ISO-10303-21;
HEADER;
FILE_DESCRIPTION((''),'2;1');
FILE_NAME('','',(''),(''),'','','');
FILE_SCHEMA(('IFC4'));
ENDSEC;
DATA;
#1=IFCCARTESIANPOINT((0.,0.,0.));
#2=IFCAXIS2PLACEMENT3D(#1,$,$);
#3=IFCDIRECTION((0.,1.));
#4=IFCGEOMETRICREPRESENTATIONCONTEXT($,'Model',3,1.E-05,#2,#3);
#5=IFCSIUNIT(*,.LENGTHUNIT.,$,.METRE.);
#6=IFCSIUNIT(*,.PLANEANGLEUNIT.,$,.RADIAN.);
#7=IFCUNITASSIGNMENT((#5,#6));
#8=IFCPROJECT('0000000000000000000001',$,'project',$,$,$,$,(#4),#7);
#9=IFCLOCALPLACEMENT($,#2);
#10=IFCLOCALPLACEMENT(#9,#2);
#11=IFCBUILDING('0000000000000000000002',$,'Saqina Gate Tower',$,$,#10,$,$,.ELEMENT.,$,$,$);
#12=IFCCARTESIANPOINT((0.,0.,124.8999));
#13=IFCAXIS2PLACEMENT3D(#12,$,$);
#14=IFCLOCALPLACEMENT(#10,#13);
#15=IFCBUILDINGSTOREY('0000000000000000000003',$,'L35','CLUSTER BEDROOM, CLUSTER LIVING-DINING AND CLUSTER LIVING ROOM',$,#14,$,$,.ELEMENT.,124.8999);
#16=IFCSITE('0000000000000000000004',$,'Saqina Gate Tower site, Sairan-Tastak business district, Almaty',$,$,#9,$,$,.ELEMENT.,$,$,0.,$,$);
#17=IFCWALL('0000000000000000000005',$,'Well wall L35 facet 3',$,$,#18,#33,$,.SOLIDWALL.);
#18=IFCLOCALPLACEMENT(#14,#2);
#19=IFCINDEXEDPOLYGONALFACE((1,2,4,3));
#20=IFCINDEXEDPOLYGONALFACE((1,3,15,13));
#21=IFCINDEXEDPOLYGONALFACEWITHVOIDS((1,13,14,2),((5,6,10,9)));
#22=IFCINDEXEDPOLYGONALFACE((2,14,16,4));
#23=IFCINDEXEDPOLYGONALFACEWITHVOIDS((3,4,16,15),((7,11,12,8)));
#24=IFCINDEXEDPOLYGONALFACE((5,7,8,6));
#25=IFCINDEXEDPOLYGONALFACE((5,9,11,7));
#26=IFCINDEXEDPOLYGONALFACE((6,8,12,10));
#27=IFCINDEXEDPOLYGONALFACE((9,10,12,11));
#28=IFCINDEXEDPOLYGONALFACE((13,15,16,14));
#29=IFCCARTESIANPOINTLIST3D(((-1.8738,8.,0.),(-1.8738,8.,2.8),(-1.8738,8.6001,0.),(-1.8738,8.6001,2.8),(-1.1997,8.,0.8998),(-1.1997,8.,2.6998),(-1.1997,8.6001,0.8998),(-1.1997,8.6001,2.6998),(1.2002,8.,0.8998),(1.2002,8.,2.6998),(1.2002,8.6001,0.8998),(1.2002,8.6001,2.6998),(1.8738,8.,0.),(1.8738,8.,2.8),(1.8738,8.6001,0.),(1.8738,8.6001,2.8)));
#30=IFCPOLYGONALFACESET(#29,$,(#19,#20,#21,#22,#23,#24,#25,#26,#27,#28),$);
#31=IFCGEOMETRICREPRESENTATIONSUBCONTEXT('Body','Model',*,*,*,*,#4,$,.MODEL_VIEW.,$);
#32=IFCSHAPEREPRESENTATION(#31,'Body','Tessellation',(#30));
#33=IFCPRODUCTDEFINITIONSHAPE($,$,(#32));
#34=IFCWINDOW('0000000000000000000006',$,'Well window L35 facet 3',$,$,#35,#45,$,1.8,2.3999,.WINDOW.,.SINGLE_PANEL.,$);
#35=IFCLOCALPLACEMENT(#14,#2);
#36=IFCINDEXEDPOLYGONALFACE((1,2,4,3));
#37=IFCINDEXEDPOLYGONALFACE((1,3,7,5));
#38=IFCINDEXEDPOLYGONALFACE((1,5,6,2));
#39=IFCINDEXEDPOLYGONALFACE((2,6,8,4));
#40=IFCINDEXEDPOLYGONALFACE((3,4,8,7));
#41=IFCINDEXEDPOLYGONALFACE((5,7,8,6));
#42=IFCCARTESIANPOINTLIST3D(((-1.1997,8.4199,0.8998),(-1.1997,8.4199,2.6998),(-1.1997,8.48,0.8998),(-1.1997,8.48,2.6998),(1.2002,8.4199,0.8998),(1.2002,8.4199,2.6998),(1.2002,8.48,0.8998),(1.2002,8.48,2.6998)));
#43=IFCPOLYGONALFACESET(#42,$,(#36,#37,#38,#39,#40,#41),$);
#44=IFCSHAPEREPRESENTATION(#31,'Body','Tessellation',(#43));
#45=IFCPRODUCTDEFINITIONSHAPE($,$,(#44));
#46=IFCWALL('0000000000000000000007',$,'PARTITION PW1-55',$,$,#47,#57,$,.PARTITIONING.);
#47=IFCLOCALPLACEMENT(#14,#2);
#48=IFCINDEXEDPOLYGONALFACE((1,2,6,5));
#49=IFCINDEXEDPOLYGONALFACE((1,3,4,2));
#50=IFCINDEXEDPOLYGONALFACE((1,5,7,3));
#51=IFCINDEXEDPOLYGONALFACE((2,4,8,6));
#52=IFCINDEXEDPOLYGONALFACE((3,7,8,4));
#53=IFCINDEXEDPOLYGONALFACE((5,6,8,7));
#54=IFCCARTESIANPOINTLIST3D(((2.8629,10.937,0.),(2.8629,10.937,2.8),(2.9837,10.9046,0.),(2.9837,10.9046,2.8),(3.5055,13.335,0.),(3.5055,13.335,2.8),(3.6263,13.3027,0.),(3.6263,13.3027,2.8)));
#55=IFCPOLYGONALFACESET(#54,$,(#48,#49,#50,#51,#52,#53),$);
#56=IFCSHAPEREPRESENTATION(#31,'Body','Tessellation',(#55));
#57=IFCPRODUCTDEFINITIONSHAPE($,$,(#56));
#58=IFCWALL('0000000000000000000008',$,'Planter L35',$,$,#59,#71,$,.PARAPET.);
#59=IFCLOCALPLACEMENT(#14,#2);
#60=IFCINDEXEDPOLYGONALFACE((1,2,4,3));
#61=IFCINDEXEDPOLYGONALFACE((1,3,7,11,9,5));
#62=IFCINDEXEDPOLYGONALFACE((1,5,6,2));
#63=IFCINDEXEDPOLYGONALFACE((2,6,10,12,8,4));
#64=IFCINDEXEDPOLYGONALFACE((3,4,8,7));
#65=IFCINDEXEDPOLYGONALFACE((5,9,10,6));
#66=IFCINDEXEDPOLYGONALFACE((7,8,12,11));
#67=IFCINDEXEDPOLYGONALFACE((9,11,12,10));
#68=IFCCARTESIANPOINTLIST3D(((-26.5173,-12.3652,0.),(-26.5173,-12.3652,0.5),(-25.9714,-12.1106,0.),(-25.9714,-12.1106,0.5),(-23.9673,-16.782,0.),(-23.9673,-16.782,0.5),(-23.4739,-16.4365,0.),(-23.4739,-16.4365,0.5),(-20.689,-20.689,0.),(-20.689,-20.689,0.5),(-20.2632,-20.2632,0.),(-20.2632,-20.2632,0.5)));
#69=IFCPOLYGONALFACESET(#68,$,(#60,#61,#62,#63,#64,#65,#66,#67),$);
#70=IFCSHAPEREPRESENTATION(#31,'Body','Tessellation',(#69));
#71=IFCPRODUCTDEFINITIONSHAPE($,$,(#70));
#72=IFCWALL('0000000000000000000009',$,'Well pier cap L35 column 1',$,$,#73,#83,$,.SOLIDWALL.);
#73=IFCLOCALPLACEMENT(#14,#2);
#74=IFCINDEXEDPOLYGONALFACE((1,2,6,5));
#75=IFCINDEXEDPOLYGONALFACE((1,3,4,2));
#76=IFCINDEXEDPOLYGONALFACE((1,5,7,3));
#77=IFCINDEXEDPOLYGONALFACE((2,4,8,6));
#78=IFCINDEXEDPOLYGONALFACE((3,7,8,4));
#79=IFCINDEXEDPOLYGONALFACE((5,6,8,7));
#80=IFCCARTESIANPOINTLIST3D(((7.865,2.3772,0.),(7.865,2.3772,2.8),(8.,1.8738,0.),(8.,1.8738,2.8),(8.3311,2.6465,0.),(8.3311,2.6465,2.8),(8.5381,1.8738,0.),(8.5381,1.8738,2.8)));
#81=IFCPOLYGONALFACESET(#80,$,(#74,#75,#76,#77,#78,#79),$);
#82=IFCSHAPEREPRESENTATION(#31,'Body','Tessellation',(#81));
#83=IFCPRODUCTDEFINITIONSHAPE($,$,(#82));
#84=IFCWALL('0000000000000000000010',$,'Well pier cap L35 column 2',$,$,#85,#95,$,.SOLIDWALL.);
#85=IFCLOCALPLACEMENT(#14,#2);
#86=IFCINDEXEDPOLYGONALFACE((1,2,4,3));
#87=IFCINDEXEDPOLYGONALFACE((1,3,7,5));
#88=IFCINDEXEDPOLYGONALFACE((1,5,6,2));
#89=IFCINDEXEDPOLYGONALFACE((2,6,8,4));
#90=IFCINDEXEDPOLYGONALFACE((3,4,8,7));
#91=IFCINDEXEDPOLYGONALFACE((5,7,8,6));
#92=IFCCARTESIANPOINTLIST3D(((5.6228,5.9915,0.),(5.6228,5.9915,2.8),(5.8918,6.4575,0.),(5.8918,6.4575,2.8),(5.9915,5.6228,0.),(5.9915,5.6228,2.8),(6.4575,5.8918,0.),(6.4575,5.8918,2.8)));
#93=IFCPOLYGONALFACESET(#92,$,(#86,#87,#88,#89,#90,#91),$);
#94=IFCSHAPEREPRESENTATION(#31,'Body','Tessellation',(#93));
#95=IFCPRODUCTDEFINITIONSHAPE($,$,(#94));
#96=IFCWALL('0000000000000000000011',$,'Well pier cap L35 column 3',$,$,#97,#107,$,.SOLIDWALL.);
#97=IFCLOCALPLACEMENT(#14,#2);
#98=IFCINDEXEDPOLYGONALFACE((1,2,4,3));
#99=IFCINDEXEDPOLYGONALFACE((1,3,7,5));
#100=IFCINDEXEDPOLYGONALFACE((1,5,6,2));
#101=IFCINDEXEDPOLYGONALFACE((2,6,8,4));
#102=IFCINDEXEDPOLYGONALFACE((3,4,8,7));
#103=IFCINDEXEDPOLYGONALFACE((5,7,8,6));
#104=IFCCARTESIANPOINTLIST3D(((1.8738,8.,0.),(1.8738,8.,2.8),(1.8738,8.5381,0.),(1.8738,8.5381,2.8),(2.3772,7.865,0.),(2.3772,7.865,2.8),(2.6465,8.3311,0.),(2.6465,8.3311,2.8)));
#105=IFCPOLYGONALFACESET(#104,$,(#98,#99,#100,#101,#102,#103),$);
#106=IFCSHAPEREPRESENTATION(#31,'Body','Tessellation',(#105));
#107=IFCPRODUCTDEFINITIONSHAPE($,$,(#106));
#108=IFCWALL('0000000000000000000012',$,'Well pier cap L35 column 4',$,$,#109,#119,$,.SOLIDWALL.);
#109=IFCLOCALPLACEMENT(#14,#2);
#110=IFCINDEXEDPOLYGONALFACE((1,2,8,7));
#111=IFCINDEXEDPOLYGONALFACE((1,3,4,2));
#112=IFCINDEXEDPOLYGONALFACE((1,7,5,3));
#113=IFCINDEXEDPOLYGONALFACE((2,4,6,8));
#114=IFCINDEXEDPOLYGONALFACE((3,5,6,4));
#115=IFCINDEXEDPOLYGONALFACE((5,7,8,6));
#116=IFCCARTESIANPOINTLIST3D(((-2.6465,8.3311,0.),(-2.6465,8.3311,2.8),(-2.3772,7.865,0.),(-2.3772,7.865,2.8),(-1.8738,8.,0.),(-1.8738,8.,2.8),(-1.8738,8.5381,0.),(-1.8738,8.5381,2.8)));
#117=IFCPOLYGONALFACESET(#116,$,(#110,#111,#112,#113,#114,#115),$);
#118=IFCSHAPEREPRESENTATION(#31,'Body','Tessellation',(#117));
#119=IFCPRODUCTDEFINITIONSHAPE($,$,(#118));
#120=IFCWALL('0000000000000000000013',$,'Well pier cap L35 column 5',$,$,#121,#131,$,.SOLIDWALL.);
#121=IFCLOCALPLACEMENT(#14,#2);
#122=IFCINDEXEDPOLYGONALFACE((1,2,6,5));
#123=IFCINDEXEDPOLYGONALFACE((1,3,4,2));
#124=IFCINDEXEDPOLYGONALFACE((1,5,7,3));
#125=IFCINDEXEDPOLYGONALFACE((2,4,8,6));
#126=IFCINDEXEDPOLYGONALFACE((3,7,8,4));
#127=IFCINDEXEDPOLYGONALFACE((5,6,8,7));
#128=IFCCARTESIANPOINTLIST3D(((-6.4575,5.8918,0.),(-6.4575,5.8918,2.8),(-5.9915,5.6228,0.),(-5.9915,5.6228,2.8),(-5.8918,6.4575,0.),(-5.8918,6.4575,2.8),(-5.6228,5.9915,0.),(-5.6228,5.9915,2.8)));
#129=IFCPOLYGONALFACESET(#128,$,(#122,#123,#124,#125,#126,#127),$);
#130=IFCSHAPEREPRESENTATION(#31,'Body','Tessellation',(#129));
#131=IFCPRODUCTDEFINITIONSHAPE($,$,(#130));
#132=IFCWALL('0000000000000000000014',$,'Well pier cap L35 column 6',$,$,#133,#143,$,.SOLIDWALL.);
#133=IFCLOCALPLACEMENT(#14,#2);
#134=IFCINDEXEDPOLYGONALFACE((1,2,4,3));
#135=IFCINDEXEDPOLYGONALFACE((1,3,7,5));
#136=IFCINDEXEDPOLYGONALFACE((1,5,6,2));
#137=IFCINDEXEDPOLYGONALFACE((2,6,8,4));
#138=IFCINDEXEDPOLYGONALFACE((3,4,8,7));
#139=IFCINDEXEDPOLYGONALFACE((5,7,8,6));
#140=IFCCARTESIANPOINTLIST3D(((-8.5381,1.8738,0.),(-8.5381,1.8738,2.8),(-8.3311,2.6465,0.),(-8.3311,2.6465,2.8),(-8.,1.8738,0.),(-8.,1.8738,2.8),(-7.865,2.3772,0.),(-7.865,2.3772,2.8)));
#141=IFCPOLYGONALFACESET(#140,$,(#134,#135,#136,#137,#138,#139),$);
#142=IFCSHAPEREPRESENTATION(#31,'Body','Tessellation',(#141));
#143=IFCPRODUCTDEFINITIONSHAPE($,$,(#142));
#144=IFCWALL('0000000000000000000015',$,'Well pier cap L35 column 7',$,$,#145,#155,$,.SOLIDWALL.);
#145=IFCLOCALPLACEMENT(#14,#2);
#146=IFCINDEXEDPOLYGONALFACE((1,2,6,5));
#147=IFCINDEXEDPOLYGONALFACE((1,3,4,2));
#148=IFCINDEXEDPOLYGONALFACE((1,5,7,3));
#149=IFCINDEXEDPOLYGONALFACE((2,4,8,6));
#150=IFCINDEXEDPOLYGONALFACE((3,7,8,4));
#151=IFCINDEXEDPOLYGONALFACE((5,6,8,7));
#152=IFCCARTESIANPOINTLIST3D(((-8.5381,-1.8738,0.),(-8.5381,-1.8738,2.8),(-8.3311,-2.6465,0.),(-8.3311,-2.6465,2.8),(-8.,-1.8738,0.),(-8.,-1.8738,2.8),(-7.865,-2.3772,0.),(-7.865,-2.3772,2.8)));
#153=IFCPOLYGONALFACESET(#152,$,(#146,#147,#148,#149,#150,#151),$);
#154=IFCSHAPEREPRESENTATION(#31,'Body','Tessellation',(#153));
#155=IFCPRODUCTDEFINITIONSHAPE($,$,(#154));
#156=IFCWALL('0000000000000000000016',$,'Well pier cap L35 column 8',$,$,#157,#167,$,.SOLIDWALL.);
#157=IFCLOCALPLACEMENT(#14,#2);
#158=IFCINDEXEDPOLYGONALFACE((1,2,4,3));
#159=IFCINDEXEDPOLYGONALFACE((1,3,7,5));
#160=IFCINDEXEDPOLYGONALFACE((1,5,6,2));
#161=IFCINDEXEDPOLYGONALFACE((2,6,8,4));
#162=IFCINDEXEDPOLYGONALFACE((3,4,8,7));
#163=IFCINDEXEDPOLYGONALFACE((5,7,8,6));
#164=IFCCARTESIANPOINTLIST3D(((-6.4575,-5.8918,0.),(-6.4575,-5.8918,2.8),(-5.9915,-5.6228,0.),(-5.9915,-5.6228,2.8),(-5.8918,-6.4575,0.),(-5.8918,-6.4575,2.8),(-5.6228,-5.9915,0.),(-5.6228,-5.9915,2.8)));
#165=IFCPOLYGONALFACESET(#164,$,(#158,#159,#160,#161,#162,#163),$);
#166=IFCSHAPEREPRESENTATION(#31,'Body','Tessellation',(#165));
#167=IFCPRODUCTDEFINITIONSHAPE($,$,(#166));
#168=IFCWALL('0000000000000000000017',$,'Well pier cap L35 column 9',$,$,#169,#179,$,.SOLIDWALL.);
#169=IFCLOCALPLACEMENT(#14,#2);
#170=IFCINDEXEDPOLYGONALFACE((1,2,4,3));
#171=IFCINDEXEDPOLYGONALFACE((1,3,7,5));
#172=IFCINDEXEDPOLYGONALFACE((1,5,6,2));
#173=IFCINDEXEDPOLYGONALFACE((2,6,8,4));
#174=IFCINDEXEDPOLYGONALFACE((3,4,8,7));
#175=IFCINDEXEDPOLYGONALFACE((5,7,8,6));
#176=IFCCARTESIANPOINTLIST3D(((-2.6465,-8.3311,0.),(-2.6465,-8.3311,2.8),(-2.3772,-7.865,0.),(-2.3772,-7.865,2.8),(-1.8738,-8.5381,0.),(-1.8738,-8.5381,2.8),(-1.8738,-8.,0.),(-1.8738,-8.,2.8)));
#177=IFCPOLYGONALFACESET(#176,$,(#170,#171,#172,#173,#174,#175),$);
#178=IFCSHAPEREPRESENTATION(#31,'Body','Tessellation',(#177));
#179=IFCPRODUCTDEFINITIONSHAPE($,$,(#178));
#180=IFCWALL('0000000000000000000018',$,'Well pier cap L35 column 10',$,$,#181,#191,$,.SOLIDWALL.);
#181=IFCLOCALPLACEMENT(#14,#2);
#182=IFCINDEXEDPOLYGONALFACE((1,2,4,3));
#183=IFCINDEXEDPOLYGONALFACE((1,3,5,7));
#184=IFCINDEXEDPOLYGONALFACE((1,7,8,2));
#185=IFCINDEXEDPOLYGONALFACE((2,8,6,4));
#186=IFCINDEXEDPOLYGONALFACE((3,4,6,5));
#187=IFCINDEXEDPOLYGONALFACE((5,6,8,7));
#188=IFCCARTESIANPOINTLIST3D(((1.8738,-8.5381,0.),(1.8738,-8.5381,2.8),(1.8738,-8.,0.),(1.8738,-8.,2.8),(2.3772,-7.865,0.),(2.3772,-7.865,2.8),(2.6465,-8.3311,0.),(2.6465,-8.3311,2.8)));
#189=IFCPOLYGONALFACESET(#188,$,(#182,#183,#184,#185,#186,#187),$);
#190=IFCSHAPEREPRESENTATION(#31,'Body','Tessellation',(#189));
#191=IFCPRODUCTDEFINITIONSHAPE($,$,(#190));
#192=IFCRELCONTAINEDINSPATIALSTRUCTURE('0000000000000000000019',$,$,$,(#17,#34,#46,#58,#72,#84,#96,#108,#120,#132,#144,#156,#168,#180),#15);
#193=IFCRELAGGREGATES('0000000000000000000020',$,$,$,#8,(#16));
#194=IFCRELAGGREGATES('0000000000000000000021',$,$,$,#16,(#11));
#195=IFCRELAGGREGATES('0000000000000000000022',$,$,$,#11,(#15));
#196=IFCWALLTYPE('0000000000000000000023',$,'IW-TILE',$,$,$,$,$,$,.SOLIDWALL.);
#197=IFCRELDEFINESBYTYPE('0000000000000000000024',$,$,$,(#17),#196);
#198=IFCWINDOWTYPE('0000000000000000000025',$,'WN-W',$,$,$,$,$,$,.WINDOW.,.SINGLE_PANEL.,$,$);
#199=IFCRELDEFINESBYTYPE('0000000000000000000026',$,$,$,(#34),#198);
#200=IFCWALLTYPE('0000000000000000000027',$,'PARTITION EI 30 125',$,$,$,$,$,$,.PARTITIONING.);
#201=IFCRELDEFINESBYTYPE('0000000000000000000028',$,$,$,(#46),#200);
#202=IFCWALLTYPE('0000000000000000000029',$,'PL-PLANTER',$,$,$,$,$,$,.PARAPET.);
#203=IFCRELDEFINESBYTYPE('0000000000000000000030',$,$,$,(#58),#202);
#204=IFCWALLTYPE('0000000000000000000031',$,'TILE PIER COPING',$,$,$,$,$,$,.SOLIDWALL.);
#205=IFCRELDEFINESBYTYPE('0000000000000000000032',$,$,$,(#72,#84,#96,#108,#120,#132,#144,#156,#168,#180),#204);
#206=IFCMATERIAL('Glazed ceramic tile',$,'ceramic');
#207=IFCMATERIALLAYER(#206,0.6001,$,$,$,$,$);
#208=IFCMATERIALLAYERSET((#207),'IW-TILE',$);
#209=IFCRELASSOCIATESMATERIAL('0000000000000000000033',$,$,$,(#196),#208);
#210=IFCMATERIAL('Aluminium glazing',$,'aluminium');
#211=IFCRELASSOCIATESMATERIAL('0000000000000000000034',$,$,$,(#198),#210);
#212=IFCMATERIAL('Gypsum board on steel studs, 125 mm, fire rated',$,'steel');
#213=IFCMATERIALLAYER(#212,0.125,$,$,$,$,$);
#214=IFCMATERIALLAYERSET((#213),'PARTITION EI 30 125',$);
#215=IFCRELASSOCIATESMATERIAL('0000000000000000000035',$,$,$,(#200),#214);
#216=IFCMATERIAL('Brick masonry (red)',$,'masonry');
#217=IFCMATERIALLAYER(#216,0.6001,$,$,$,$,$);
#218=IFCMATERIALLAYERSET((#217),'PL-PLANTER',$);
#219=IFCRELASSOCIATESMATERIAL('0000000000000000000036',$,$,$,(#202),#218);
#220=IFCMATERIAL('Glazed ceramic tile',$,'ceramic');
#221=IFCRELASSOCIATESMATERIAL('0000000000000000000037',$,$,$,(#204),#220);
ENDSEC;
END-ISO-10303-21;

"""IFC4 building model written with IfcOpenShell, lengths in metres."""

from ifc_helpers import new_model, si_unit, direction, frame, frame_2d, origin, place, context, subcontext, project, spatial, polyline, rectangle, outline, extrude, material, layer, layer_set, type_object, element, fill, save


model = new_model("IFC4")

# Units and contexts
model_context = context("Model", 3, precision=1e-05, world=origin(), true_north=direction((0.0, 1.0)))
body_context = subcontext(model_context, "Body", "Model", "MODEL_VIEW")
ifc_project = project(units=[si_unit("LENGTHUNIT", "METRE"), si_unit("PLANEANGLEUNIT", "RADIAN")], contexts=[model_context])

# Site, building, storey
site_placement = place(None, origin())
site = spatial("IfcSite", under=ifc_project, at=site_placement, Name="Saqina Gate Tower site, Sairan-Tastak business district, Almaty", CompositionType="ELEMENT", RefElevation=0.0)
building_placement = place(site_placement, origin())
building = spatial("IfcBuilding", under=site, at=building_placement, Name="Saqina Gate Tower", CompositionType="ELEMENT")
storey_placement = place(building_placement, frame((0.0, 0.0, 124.8999)))
storey = spatial("IfcBuildingStorey", under=building, at=storey_placement, Name="L35", Description="CLUSTER BEDROOM, CLUSTER LIVING-DINING AND CLUSTER LIVING ROOM", CompositionType="ELEMENT", Elevation=124.8999)

# Wall, opening, window
ifc_material_1 = material(Name="Glazed ceramic tile", Category="ceramic")
ifc_layer_1 = layer(ifc_material_1, 0.6001)
ifc_layer_set_1 = layer_set([ifc_layer_1], Name="IW-TILE")
wall_type_1 = type_object("IfcWallType", Name="IW-TILE", PredefinedType="SOLIDWALL", material=ifc_layer_set_1)
ifc_material_2 = material(Name="Aluminium glazing", Category="aluminium")
window_type = type_object("IfcWindowType", Name="WN-W", PartitioningType="SINGLE_PANEL", PredefinedType="WINDOW", material=ifc_material_2)
wall_1_placement = place(storey_placement, frame((1.8738, 8.3, 0.0), z_axis=(0.0, 0.0, 1.0), x_axis=(-1.0, 0.0, 0.0)))
wall_1 = element("IfcWall", 1, at=wall_1_placement, inside=storey, type_object=wall_type_1, Name="Well wall L35 facet 3", PredefinedType="SOLIDWALL", context=body_context, shape_type="SweptSolid", body=[
    extrude(rectangle(XDim=3.7476, YDim=0.6001, at=frame_2d((1.8738, 0.0))), origin(), (0.0, 0.0, 1.0), 2.8),
])
opening_1_placement = place(wall_1_placement, frame((0.6736, 0.0, 0.8999)))
opening_1 = element("IfcOpeningElement", 2, at=opening_1_placement, cuts=wall_1, PredefinedType="OPENING", context=body_context, shape_type="SweptSolid", body=[
    extrude(rectangle(XDim=2.3999, YDim=1.8, at=frame_2d((1.2, 0.8999))), frame((0.0, 0.312, 0.0), z_axis=(0.0, -1.0, 0.0), x_axis=(1.0, 0.0, 0.0)), (0.0, 0.0, 1.0), 0.624),
])
window_1_placement = place(opening_1_placement, origin())
window_1 = element("IfcWindow", 3, at=window_1_placement, inside=storey, type_object=window_type, Name="Well window L35 facet 3", OverallHeight=1.8, OverallWidth=2.3999, PartitioningType="SINGLE_PANEL", PredefinedType="WINDOW", context=body_context, shape_type="SweptSolid", body=[
    extrude(rectangle(XDim=2.3999, YDim=1.8, at=frame_2d((1.2, 0.8999))), frame((0.0, -0.1199, 0.0), z_axis=(0.0, -1.0, 0.0), x_axis=(1.0, 0.0, 0.0)), (0.0, 0.0, 1.0), 0.0601),
])
fill(opening_1, window_1)

# Walls
ifc_material_3 = material(Name="Gypsum board on steel studs, 125 mm, fire rated", Category="steel")
ifc_layer_2 = layer(ifc_material_3, 0.125)
ifc_layer_set_2 = layer_set([ifc_layer_2], Name="PARTITION EI 30 125")
wall_type_2 = type_object("IfcWallType", Name="PARTITION EI 30 125", PredefinedType="PARTITIONING", material=ifc_layer_set_2)
wall_2_placement = place(storey_placement, frame((2.9233, 10.9209, 0.0), z_axis=(0.0, 0.0, 1.0), x_axis=(0.258838, 0.965921, 0.0)))
element("IfcWall", 4, at=wall_2_placement, inside=storey, type_object=wall_type_2, Name="PARTITION PW1-55", PredefinedType="PARTITIONING", context=body_context, shape_type="SweptSolid", body=[
    extrude(rectangle(XDim=2.4827, YDim=0.125, at=frame_2d((1.2412, 0.0))), origin(), (0.0, 0.0, 1.0), 2.8),
])
ifc_material_4 = material(Name="Brick masonry (red)", Category="masonry")
ifc_layer_3 = layer(ifc_material_4, 0.6001)
ifc_layer_set_3 = layer_set([ifc_layer_3], Name="PL-PLANTER")
wall_type_3 = type_object("IfcWallType", Name="PL-PLANTER", PredefinedType="PARAPET", material=ifc_layer_set_3)
wall_3_placement = place(storey_placement, origin())
element("IfcWall", 5, at=wall_3_placement, inside=storey, type_object=wall_type_3, Name="Planter L35", PredefinedType="PARAPET", context=body_context, shape_type="SweptSolid", body=[
    extrude(outline(polyline([(-26.5173, -12.3652), (-23.9673, -16.782), (-20.689, -20.689), (-20.2632, -20.2632), (-23.4739, -16.4365), (-25.9714, -12.1106), (-26.5173, -12.3652)])), origin(), (0.0, 0.0, 1.0), 0.5),
])
ifc_material_5 = material(Name="Glazed ceramic tile", Category="ceramic")
wall_type_4 = type_object("IfcWallType", Name="TILE PIER COPING", PredefinedType="SOLIDWALL", material=ifc_material_5)
wall_4_placement = place(storey_placement, origin())
element("IfcWall", 6, at=wall_4_placement, inside=storey, type_object=wall_type_4, Name="Well pier cap L35 column 1", PredefinedType="SOLIDWALL", context=body_context, shape_type="SweptSolid", body=[
    extrude(outline(polyline([(8.3311, 2.6465), (7.865, 2.3772), (8.0, 1.8738), (8.5381, 1.8738), (8.3311, 2.6465)])), origin(), (0.0, 0.0, 1.0), 2.8),
])
wall_5_placement = place(storey_placement, origin())
element("IfcWall", 7, at=wall_5_placement, inside=storey, type_object=wall_type_4, Name="Well pier cap L35 column 2", PredefinedType="SOLIDWALL", context=body_context, shape_type="SweptSolid", body=[
    extrude(outline(polyline([(5.8918, 6.4575), (5.6228, 5.9915), (5.9915, 5.6228), (6.4575, 5.8918), (5.8918, 6.4575)])), origin(), (0.0, 0.0, 1.0), 2.8),
])
wall_6_placement = place(storey_placement, origin())
element("IfcWall", 8, at=wall_6_placement, inside=storey, type_object=wall_type_4, Name="Well pier cap L35 column 3", PredefinedType="SOLIDWALL", context=body_context, shape_type="SweptSolid", body=[
    extrude(outline(polyline([(1.8738, 8.5381), (1.8738, 8.0), (2.3772, 7.865), (2.6465, 8.3311), (1.8738, 8.5381)])), origin(), (0.0, 0.0, 1.0), 2.8),
])
wall_7_placement = place(storey_placement, origin())
element("IfcWall", 9, at=wall_7_placement, inside=storey, type_object=wall_type_4, Name="Well pier cap L35 column 4", PredefinedType="SOLIDWALL", context=body_context, shape_type="SweptSolid", body=[
    extrude(outline(polyline([(-2.6465, 8.3311), (-2.3772, 7.865), (-1.8738, 8.0), (-1.8738, 8.5381), (-2.6465, 8.3311)])), origin(), (0.0, 0.0, 1.0), 2.8),
])
wall_8_placement = place(storey_placement, origin())
element("IfcWall", 10, at=wall_8_placement, inside=storey, type_object=wall_type_4, Name="Well pier cap L35 column 5", PredefinedType="SOLIDWALL", context=body_context, shape_type="SweptSolid", body=[
    extrude(outline(polyline([(-6.4575, 5.8918), (-5.9915, 5.6228), (-5.6228, 5.9915), (-5.8918, 6.4575), (-6.4575, 5.8918)])), origin(), (0.0, 0.0, 1.0), 2.8),
])
wall_9_placement = place(storey_placement, origin())
element("IfcWall", 11, at=wall_9_placement, inside=storey, type_object=wall_type_4, Name="Well pier cap L35 column 6", PredefinedType="SOLIDWALL", context=body_context, shape_type="SweptSolid", body=[
    extrude(outline(polyline([(-8.5381, 1.8738), (-8.0, 1.8738), (-7.865, 2.3772), (-8.3311, 2.6465), (-8.5381, 1.8738)])), origin(), (0.0, 0.0, 1.0), 2.8),
])
wall_10_placement = place(storey_placement, origin())
element("IfcWall", 12, at=wall_10_placement, inside=storey, type_object=wall_type_4, Name="Well pier cap L35 column 7", PredefinedType="SOLIDWALL", context=body_context, shape_type="SweptSolid", body=[
    extrude(outline(polyline([(-8.3311, -2.6465), (-7.865, -2.3772), (-8.0, -1.8738), (-8.5381, -1.8738), (-8.3311, -2.6465)])), origin(), (0.0, 0.0, 1.0), 2.8),
])
wall_11_placement = place(storey_placement, origin())
element("IfcWall", 13, at=wall_11_placement, inside=storey, type_object=wall_type_4, Name="Well pier cap L35 column 8", PredefinedType="SOLIDWALL", context=body_context, shape_type="SweptSolid", body=[
    extrude(outline(polyline([(-6.4575, -5.8918), (-5.8918, -6.4575), (-5.6228, -5.9915), (-5.9915, -5.6228), (-6.4575, -5.8918)])), origin(), (0.0, 0.0, 1.0), 2.8),
])
wall_12_placement = place(storey_placement, origin())
element("IfcWall", 14, at=wall_12_placement, inside=storey, type_object=wall_type_4, Name="Well pier cap L35 column 9", PredefinedType="SOLIDWALL", context=body_context, shape_type="SweptSolid", body=[
    extrude(outline(polyline([(-1.8738, -8.5381), (-1.8738, -8.0), (-2.3772, -7.865), (-2.6465, -8.3311), (-1.8738, -8.5381)])), origin(), (0.0, 0.0, 1.0), 2.8),
])
wall_13_placement = place(storey_placement, origin())
element("IfcWall", 15, at=wall_13_placement, inside=storey, type_object=wall_type_4, Name="Well pier cap L35 column 10", PredefinedType="SOLIDWALL", context=body_context, shape_type="SweptSolid", body=[
    extrude(outline(polyline([(2.6465, -8.3311), (2.3772, -7.865), (1.8738, -8.0), (1.8738, -8.5381), (2.6465, -8.3311)])), origin(), (0.0, 0.0, 1.0), 2.8),
])

save(model, "model.ifc")
